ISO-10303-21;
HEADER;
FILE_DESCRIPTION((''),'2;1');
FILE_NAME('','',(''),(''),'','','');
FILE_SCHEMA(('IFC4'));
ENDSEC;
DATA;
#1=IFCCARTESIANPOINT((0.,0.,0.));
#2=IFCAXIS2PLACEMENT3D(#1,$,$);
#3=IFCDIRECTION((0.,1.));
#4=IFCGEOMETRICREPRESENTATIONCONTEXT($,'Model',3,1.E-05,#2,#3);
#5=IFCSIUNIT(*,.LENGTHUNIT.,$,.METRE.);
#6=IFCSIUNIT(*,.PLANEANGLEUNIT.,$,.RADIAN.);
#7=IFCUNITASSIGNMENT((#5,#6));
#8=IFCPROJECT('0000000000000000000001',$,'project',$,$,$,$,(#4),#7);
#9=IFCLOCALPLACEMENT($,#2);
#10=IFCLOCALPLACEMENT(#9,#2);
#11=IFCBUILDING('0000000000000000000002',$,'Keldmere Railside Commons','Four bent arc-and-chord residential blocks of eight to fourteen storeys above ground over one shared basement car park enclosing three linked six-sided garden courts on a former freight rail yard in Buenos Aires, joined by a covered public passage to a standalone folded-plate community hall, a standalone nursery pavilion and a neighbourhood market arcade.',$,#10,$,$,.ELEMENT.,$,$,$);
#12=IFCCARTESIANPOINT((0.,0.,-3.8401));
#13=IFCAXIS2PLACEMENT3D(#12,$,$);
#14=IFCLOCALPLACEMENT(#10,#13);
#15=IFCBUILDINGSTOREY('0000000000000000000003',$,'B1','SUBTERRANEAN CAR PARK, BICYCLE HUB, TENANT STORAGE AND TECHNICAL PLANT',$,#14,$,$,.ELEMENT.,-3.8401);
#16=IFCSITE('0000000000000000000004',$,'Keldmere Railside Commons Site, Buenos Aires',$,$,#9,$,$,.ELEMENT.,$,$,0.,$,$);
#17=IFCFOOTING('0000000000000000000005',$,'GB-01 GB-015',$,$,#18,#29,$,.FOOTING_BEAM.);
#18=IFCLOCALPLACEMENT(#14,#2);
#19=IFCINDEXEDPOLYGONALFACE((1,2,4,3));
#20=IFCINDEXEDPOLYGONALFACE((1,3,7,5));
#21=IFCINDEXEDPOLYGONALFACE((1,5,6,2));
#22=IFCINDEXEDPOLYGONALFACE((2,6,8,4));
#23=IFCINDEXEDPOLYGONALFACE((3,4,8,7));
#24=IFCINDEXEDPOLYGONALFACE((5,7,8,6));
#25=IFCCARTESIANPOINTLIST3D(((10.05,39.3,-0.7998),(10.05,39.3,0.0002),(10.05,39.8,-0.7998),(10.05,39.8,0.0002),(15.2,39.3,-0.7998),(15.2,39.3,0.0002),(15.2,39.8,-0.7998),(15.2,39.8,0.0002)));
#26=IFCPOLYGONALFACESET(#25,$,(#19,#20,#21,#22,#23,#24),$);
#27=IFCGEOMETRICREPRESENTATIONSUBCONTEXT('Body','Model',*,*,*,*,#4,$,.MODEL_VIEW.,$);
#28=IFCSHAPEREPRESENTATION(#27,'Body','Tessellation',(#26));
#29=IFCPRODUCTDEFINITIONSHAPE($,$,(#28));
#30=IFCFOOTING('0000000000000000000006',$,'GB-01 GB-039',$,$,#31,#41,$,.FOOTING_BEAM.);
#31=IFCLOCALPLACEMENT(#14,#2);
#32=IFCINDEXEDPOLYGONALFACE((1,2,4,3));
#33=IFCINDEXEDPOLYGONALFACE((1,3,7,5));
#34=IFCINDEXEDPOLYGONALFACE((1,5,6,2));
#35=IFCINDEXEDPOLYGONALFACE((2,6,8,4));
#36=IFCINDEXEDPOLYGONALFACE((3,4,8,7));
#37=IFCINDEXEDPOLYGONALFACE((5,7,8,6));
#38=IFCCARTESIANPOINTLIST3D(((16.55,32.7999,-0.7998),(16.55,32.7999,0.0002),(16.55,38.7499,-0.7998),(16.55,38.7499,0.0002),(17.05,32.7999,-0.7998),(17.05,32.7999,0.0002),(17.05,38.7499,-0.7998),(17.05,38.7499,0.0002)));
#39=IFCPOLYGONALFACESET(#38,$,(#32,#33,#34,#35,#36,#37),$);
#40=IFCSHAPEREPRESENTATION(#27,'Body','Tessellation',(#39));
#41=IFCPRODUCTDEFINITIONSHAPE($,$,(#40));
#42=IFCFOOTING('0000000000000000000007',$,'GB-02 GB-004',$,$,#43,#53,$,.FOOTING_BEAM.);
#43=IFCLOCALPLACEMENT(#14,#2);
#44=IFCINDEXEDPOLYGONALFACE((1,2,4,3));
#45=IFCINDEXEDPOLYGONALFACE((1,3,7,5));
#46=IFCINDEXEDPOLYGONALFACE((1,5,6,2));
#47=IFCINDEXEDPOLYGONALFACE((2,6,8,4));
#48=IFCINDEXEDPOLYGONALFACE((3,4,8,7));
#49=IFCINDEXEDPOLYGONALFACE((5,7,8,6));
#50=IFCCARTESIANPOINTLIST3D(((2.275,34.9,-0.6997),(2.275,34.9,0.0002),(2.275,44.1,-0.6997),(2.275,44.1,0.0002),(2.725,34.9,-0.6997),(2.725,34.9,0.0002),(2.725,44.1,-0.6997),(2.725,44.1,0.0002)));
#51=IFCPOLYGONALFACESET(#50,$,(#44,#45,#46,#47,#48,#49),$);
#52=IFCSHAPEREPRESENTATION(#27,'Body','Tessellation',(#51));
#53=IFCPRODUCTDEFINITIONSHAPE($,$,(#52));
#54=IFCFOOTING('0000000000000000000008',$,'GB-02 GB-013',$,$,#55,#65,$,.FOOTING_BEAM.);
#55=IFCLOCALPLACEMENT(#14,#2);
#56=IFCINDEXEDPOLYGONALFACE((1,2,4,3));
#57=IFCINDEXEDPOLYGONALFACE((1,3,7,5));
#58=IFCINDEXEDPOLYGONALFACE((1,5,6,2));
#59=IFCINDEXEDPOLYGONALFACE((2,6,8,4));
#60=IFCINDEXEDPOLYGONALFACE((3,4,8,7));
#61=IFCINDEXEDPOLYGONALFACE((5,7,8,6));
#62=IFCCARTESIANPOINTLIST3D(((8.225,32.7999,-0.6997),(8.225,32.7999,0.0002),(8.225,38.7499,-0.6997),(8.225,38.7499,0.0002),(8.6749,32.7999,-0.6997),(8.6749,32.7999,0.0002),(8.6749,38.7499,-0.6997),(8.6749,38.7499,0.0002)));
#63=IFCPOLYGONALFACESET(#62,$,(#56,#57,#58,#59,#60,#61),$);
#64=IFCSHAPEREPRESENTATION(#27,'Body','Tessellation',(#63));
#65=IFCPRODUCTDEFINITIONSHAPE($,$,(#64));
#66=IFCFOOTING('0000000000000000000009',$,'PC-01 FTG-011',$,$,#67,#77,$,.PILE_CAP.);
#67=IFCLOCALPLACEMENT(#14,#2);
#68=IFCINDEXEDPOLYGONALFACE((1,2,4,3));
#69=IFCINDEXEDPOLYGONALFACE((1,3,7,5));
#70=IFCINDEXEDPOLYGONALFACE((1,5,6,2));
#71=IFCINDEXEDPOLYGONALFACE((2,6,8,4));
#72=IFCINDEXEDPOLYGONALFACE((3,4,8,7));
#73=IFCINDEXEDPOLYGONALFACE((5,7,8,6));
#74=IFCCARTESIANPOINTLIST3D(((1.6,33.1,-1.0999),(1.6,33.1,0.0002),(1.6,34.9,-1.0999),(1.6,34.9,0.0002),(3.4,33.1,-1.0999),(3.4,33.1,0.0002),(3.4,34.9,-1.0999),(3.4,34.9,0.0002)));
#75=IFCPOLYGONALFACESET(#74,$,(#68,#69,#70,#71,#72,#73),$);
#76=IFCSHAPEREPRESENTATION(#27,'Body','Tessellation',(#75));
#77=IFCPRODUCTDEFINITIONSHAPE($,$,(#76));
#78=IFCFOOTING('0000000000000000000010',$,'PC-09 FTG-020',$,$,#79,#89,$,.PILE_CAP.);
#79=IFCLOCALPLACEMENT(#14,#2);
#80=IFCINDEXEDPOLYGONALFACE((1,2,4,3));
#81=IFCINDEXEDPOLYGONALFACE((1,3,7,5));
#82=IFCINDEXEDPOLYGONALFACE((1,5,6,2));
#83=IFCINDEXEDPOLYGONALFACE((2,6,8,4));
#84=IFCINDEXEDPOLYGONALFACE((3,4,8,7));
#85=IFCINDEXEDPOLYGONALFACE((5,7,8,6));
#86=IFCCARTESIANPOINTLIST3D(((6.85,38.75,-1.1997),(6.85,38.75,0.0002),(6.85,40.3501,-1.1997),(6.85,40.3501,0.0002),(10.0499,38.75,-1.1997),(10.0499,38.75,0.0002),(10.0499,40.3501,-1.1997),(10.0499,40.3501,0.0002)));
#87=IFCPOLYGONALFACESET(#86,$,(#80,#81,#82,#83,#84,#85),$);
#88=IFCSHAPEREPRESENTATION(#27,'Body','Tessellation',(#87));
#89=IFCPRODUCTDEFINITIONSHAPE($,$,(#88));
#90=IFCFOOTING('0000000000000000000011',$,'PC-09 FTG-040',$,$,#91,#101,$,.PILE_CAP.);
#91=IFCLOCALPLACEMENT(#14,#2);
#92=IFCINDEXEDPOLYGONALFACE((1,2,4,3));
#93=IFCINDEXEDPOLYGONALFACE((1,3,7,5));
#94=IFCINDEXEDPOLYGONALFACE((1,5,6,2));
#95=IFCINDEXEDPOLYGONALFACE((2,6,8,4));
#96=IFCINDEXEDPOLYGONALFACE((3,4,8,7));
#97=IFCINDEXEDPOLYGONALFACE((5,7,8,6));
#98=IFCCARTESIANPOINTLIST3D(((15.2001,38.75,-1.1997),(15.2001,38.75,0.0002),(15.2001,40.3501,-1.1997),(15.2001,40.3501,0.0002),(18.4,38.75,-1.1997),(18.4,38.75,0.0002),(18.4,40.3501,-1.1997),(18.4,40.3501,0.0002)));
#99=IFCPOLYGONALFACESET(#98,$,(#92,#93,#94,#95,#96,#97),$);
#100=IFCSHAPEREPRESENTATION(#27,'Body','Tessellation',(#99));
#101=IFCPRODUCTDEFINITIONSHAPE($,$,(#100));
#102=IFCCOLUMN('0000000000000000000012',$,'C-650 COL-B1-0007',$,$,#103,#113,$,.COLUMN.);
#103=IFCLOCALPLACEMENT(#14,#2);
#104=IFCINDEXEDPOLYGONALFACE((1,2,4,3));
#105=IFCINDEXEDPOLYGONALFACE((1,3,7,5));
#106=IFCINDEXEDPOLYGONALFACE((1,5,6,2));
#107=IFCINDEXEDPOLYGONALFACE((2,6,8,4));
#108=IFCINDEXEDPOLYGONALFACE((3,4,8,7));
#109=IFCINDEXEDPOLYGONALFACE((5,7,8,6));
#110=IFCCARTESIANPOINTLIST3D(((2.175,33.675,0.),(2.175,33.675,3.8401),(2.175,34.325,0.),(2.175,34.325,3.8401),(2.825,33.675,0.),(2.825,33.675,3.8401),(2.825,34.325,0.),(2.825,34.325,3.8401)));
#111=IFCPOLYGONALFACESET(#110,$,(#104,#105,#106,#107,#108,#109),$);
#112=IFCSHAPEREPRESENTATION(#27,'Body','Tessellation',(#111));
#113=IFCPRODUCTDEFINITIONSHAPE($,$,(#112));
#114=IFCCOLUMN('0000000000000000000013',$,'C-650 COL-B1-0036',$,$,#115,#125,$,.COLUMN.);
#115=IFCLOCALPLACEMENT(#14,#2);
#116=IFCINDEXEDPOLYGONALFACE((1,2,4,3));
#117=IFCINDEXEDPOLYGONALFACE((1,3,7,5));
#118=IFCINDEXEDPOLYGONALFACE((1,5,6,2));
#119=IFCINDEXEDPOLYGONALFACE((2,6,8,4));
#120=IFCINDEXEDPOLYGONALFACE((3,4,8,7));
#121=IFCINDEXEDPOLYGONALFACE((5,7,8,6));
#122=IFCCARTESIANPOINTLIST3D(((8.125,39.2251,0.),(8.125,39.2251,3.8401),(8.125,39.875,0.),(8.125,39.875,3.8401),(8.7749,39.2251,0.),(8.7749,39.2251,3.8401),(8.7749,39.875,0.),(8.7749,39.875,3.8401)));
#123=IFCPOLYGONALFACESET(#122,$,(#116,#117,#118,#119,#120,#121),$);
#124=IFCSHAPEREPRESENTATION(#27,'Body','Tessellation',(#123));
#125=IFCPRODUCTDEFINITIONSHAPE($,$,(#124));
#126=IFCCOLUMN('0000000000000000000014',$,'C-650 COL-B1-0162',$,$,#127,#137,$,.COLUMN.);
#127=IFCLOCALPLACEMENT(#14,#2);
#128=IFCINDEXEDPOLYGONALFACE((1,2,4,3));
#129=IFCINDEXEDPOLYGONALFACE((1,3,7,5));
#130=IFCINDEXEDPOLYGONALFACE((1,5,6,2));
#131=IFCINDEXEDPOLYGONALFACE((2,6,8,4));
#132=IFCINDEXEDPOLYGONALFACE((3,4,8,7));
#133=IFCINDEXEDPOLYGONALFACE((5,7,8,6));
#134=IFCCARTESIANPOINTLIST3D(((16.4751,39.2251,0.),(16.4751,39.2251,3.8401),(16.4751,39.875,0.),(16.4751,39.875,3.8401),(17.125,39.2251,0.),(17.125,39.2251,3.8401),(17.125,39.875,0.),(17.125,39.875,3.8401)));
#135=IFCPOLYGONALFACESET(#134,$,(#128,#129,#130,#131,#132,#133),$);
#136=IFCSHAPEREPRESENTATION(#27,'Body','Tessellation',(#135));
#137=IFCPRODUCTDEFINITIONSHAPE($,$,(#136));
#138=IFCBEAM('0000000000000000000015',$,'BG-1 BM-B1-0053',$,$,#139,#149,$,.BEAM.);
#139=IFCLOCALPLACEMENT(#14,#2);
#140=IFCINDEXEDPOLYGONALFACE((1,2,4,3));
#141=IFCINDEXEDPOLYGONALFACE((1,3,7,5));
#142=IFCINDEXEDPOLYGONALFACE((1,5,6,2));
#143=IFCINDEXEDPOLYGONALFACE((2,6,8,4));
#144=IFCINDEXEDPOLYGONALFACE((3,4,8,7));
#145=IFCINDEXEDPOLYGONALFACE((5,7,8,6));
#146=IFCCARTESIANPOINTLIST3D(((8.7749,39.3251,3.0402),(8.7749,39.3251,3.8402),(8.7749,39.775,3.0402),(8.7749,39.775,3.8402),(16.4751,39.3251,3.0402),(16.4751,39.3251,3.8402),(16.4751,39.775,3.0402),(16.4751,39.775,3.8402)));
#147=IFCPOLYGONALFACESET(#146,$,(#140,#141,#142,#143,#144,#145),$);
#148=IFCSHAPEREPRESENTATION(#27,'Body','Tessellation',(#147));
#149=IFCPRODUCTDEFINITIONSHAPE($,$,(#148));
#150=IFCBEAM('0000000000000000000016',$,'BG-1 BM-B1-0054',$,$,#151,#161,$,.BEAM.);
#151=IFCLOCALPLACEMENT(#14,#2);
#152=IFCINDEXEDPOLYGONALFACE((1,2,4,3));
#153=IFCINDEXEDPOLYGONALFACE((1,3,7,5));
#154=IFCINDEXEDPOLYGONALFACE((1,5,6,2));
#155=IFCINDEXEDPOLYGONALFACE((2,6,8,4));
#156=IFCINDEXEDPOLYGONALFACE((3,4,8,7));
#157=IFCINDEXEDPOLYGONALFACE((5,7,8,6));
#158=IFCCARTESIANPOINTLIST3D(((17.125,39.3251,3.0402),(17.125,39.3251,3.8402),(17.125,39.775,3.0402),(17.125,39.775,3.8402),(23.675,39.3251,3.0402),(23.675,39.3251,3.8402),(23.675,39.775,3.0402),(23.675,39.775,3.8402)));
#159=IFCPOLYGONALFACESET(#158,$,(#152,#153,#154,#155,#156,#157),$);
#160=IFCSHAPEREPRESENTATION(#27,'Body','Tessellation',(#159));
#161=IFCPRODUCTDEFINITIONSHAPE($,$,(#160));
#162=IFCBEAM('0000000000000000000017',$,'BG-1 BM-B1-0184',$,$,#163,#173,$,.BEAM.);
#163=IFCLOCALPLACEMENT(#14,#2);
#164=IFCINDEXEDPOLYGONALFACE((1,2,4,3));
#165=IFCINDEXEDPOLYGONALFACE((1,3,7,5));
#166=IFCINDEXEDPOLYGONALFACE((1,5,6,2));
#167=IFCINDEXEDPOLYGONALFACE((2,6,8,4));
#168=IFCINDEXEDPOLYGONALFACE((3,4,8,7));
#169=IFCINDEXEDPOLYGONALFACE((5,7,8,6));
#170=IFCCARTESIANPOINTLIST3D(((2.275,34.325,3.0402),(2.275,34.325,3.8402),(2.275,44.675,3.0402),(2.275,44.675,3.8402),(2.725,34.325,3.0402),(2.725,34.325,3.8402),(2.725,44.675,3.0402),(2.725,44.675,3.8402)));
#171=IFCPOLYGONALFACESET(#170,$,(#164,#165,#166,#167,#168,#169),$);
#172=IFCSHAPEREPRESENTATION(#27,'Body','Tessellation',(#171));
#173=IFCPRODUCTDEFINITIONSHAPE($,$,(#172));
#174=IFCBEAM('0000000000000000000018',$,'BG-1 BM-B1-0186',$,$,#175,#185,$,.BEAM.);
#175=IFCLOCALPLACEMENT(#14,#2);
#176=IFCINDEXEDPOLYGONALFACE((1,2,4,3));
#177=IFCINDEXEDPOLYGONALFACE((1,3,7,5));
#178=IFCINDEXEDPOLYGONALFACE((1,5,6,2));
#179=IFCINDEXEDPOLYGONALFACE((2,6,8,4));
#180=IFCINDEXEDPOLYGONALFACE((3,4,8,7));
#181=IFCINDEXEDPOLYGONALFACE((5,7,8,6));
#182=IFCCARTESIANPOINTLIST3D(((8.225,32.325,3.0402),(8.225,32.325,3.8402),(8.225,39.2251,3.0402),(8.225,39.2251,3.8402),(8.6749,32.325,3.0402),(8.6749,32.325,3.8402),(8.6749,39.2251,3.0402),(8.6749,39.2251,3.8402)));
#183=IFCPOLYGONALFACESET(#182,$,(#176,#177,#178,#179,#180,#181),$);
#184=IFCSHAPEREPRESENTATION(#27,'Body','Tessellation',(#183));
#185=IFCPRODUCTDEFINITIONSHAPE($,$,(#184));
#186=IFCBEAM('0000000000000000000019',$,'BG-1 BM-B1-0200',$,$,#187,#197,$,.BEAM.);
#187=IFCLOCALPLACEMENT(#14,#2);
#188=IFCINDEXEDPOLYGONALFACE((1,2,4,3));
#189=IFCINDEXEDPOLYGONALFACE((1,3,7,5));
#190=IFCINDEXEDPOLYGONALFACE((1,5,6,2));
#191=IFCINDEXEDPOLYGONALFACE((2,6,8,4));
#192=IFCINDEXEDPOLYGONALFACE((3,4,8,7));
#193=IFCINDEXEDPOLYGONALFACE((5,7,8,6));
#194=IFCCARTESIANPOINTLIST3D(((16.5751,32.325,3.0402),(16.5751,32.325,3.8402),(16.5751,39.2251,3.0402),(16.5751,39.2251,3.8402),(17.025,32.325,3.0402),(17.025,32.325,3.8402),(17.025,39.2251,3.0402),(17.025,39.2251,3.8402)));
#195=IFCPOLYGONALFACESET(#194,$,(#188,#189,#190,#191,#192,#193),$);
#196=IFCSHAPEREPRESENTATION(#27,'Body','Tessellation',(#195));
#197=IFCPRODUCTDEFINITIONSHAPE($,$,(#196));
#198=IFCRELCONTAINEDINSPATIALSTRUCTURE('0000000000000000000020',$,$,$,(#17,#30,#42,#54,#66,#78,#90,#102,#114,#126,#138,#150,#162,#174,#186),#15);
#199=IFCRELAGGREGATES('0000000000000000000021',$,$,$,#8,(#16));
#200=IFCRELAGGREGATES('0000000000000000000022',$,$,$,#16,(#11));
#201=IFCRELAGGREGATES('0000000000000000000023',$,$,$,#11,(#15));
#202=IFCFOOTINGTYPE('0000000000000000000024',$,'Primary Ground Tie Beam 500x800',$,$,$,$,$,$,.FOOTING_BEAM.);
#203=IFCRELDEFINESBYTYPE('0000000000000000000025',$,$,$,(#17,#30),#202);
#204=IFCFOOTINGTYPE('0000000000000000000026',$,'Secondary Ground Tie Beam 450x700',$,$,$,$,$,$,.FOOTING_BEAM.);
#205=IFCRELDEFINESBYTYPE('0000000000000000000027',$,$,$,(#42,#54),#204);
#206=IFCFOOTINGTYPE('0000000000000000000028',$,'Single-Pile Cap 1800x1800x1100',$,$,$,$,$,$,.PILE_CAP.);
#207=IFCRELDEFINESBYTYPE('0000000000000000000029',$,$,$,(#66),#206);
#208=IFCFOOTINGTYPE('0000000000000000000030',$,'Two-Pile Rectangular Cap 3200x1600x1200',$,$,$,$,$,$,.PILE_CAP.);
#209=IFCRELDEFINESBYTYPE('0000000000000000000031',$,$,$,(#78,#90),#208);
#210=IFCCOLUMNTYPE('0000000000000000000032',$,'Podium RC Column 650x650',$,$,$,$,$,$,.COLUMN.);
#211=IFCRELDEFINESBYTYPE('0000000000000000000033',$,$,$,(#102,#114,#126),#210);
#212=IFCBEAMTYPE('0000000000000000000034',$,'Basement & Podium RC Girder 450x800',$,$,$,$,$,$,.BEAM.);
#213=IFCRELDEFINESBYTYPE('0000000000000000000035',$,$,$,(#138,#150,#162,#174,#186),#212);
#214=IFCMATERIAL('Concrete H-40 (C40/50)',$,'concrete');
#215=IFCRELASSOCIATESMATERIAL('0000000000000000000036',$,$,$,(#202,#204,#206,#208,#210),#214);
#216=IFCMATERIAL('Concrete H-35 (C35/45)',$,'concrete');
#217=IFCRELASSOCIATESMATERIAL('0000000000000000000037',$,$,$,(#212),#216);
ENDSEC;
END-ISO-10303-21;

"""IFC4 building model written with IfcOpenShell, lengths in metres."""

from ifc_helpers import new_model, si_unit, direction, frame, origin, origin_2d, place, context, subcontext, project, spatial, rectangle, extrude, material, material_profile, profile_set, type_object, element, save


model = new_model("IFC4")

# Units and contexts
model_context = context("Model", 3, precision=1e-05, world=origin(), true_north=direction((0.0, 1.0)))
body_context = subcontext(model_context, "Body", "Model", "MODEL_VIEW")
ifc_project = project(units=[si_unit("LENGTHUNIT", "METRE"), si_unit("PLANEANGLEUNIT", "RADIAN")], contexts=[model_context])

# Site, building, storey
site_placement = place(None, origin())
site = spatial("IfcSite", under=ifc_project, at=site_placement, Name="Keldmere Railside Commons Site, Buenos Aires", CompositionType="ELEMENT", RefElevation=0.0)
building_placement = place(site_placement, origin())
building = spatial("IfcBuilding", under=site, at=building_placement, Name="Keldmere Railside Commons", Description="Four bent arc-and-chord residential blocks of eight to fourteen storeys above ground over one shared basement car park enclosing three linked six-sided garden courts on a former freight rail yard in Buenos Aires, joined by a covered public passage to a standalone folded-plate community hall, a standalone nursery pavilion and a neighbourhood market arcade.", CompositionType="ELEMENT")
storey_placement = place(building_placement, frame((0.0, 0.0, -3.8401)))
storey = spatial("IfcBuildingStorey", under=building, at=storey_placement, Name="B1", Description="SUBTERRANEAN CAR PARK, BICYCLE HUB, TENANT STORAGE AND TECHNICAL PLANT", CompositionType="ELEMENT", Elevation=-3.8401)

# Footings
ifc_material_1 = material(Name="Concrete H-40 (C40/50)", Category="concrete")
footing_type_1 = type_object("IfcFootingType", Name="Primary Ground Tie Beam 500x800", PredefinedType="FOOTING_BEAM", material=ifc_material_1)
footing_1_placement = place(storey_placement, frame((12.625, 39.55, -0.7998), z_axis=(0.0, 0.0, 1.0), x_axis=(1.0, 0.0, 0.0)))
element("IfcFooting", 1, at=footing_1_placement, inside=storey, type_object=footing_type_1, Name="GB-01 GB-015", PredefinedType="FOOTING_BEAM", context=body_context, shape_type="SweptSolid", body=[
    extrude(rectangle(XDim=5.1499, YDim=0.5, at=origin_2d()), origin(), (0.0, 0.0, 1.0), 0.8),
])
footing_2_placement = place(storey_placement, frame((16.8, 35.7749, -0.7998), z_axis=(0.0, 0.0, 1.0), x_axis=(0.0, 1.0, 0.0)))
element("IfcFooting", 2, at=footing_2_placement, inside=storey, type_object=footing_type_1, Name="GB-01 GB-039", PredefinedType="FOOTING_BEAM", context=body_context, shape_type="SweptSolid", body=[
    extrude(rectangle(XDim=5.95, YDim=0.5, at=origin_2d()), origin(), (0.0, 0.0, 1.0), 0.8),
])
footing_type_2 = type_object("IfcFootingType", Name="Secondary Ground Tie Beam 450x700", PredefinedType="FOOTING_BEAM", material=ifc_material_1)
footing_3_placement = place(storey_placement, frame((2.5, 39.5, -0.6997), z_axis=(0.0, 0.0, 1.0), x_axis=(0.0, 1.0, 0.0)))
element("IfcFooting", 3, at=footing_3_placement, inside=storey, type_object=footing_type_2, Name="GB-02 GB-004", PredefinedType="FOOTING_BEAM", context=body_context, shape_type="SweptSolid", body=[
    extrude(rectangle(XDim=9.2, YDim=0.45, at=origin_2d()), origin(), (0.0, 0.0, 1.0), 0.7),
])
footing_4_placement = place(storey_placement, frame((8.45, 35.7749, -0.6997), z_axis=(0.0, 0.0, 1.0), x_axis=(0.0, 1.0, 0.0)))
element("IfcFooting", 4, at=footing_4_placement, inside=storey, type_object=footing_type_2, Name="GB-02 GB-013", PredefinedType="FOOTING_BEAM", context=body_context, shape_type="SweptSolid", body=[
    extrude(rectangle(XDim=5.95, YDim=0.45, at=origin_2d()), origin(), (0.0, 0.0, 1.0), 0.7),
])
footing_type_3 = type_object("IfcFootingType", Name="Single-Pile Cap 1800x1800x1100", PredefinedType="PILE_CAP", material=ifc_material_1)
footing_5_placement = place(storey_placement, frame((2.5, 34.0, -1.0999), z_axis=(0.0, 0.0, 1.0), x_axis=(1.0, 0.0, 0.0)))
element("IfcFooting", 5, at=footing_5_placement, inside=storey, type_object=footing_type_3, Name="PC-01 FTG-011", PredefinedType="PILE_CAP", context=body_context, shape_type="SweptSolid", body=[
    extrude(rectangle(XDim=1.8, YDim=1.8, at=origin_2d()), origin(), (0.0, 0.0, 1.0), 1.1001),
])
footing_type_4 = type_object("IfcFootingType", Name="Two-Pile Rectangular Cap 3200x1600x1200", PredefinedType="PILE_CAP", material=ifc_material_1)
for number, where, z_axis, x_axis, name in (
    (6, (8.45, 39.55, -1.1997), (0.0, 0.0, 1.0), (1.0, 0.0, 0.0), "PC-09 FTG-020"),
    (7, (16.8, 39.55, -1.1997), (0.0, 0.0, 1.0), (1.0, 0.0, 0.0), "PC-09 FTG-040"),
):
    element("IfcFooting", number, at=place(storey_placement, frame(where, z_axis=z_axis, x_axis=x_axis)), inside=storey, type_object=footing_type_4, Name=name, PredefinedType="PILE_CAP", context=body_context, shape_type="SweptSolid", body=[
        extrude(rectangle(XDim=3.2, YDim=1.6001, at=origin_2d()), origin(), (0.0, 0.0, 1.0), 1.2),
    ])

# Columns
ifc_material_profile_1 = material_profile(ifc_material_1, rectangle(XDim=0.6499, YDim=0.6499, at=origin_2d()), Name="RC-650x650")
ifc_profile_set_1 = profile_set([ifc_material_profile_1], Name="Concrete H-40 (C40/50)")
column_type = type_object("IfcColumnType", Name="Podium RC Column 650x650", PredefinedType="COLUMN", material=ifc_profile_set_1)
for number, where, z_axis, x_axis, name in (
    (8, (2.5, 34.0, 0.0), (0.0, 0.0, 1.0), (1.0, 0.0, 0.0), "C-650 COL-B1-0007"),
    (9, (8.45, 39.55, 0.0), (0.0, 0.0, 1.0), (1.0, 0.0, 0.0), "C-650 COL-B1-0036"),
    (10, (16.8, 39.55, 0.0), (0.0, 0.0, 1.0), (1.0, 0.0, 0.0), "C-650 COL-B1-0162"),
):
    element("IfcColumn", number, at=place(storey_placement, frame(where, z_axis=z_axis, x_axis=x_axis)), inside=storey, type_object=column_type, Name=name, PredefinedType="COLUMN", context=body_context, shape_type="SweptSolid", body=[
        extrude(rectangle(XDim=0.6499, YDim=0.6499, at=origin_2d()), origin(), (0.0, 0.0, 1.0), 3.8401),
    ])

# Beams
ifc_material_2 = material(Name="Concrete H-35 (C35/45)", Category="concrete")
ifc_material_profile_2 = material_profile(ifc_material_2, rectangle(XDim=0.45, YDim=0.8, at=origin_2d()), Name="RC-450x800")
ifc_profile_set_2 = profile_set([ifc_material_profile_2], Name="Concrete H-35 (C35/45)")
beam_type_1 = type_object("IfcBeamType", Name="Basement & Podium RC Girder 450x800", PredefinedType="BEAM", material=ifc_profile_set_2)
beam_1_placement = place(storey_placement, frame((8.7749, 39.55, 3.4402), z_axis=(1.0, 0.0, 0.0), x_axis=(0.0, 1.0, 0.0)))
element("IfcBeam", 11, at=beam_1_placement, inside=storey, type_object=beam_type_1, Name="BG-1 BM-B1-0053", PredefinedType="BEAM", context=body_context, shape_type="SweptSolid", body=[
    extrude(rectangle(XDim=0.45, YDim=0.8, at=origin_2d()), origin(), (0.0, 0.0, 1.0), 7.7002),
])
beam_2_placement = place(storey_placement, frame((17.125, 39.55, 3.4402), z_axis=(1.0, 0.0, 0.0), x_axis=(0.0, 1.0, 0.0)))
element("IfcBeam", 12, at=beam_2_placement, inside=storey, type_object=beam_type_1, Name="BG-1 BM-B1-0054", PredefinedType="BEAM", context=body_context, shape_type="SweptSolid", body=[
    extrude(rectangle(XDim=0.45, YDim=0.8, at=origin_2d()), origin(), (0.0, 0.0, 1.0), 6.55),
])
beam_3_placement = place(storey_placement, frame((2.5, 34.325, 3.4402), z_axis=(0.0, 1.0, 0.0), x_axis=(-1.0, 0.0, 0.0)))
element("IfcBeam", 13, at=beam_3_placement, inside=storey, type_object=beam_type_1, Name="BG-1 BM-B1-0184", PredefinedType="BEAM", context=body_context, shape_type="SweptSolid", body=[
    extrude(rectangle(XDim=0.45, YDim=0.8, at=origin_2d()), origin(), (0.0, 0.0, 1.0), 10.3501),
])
for number, where, z_axis, x_axis, name in (
    (14, (8.45, 32.325, 3.4402), (0.0, 1.0, 0.0), (-1.0, 0.0, 0.0), "BG-1 BM-B1-0186"),
    (15, (16.8, 32.325, 3.4402), (0.0, 1.0, 0.0), (-1.0, 0.0, 0.0), "BG-1 BM-B1-0200"),
):
    element("IfcBeam", number, at=place(storey_placement, frame(where, z_axis=z_axis, x_axis=x_axis)), inside=storey, type_object=beam_type_1, Name=name, PredefinedType="BEAM", context=body_context, shape_type="SweptSolid", body=[
        extrude(rectangle(XDim=0.45, YDim=0.8, at=origin_2d()), origin(), (0.0, 0.0, 1.0), 6.9001),
    ])

save(model, "model.ifc")
